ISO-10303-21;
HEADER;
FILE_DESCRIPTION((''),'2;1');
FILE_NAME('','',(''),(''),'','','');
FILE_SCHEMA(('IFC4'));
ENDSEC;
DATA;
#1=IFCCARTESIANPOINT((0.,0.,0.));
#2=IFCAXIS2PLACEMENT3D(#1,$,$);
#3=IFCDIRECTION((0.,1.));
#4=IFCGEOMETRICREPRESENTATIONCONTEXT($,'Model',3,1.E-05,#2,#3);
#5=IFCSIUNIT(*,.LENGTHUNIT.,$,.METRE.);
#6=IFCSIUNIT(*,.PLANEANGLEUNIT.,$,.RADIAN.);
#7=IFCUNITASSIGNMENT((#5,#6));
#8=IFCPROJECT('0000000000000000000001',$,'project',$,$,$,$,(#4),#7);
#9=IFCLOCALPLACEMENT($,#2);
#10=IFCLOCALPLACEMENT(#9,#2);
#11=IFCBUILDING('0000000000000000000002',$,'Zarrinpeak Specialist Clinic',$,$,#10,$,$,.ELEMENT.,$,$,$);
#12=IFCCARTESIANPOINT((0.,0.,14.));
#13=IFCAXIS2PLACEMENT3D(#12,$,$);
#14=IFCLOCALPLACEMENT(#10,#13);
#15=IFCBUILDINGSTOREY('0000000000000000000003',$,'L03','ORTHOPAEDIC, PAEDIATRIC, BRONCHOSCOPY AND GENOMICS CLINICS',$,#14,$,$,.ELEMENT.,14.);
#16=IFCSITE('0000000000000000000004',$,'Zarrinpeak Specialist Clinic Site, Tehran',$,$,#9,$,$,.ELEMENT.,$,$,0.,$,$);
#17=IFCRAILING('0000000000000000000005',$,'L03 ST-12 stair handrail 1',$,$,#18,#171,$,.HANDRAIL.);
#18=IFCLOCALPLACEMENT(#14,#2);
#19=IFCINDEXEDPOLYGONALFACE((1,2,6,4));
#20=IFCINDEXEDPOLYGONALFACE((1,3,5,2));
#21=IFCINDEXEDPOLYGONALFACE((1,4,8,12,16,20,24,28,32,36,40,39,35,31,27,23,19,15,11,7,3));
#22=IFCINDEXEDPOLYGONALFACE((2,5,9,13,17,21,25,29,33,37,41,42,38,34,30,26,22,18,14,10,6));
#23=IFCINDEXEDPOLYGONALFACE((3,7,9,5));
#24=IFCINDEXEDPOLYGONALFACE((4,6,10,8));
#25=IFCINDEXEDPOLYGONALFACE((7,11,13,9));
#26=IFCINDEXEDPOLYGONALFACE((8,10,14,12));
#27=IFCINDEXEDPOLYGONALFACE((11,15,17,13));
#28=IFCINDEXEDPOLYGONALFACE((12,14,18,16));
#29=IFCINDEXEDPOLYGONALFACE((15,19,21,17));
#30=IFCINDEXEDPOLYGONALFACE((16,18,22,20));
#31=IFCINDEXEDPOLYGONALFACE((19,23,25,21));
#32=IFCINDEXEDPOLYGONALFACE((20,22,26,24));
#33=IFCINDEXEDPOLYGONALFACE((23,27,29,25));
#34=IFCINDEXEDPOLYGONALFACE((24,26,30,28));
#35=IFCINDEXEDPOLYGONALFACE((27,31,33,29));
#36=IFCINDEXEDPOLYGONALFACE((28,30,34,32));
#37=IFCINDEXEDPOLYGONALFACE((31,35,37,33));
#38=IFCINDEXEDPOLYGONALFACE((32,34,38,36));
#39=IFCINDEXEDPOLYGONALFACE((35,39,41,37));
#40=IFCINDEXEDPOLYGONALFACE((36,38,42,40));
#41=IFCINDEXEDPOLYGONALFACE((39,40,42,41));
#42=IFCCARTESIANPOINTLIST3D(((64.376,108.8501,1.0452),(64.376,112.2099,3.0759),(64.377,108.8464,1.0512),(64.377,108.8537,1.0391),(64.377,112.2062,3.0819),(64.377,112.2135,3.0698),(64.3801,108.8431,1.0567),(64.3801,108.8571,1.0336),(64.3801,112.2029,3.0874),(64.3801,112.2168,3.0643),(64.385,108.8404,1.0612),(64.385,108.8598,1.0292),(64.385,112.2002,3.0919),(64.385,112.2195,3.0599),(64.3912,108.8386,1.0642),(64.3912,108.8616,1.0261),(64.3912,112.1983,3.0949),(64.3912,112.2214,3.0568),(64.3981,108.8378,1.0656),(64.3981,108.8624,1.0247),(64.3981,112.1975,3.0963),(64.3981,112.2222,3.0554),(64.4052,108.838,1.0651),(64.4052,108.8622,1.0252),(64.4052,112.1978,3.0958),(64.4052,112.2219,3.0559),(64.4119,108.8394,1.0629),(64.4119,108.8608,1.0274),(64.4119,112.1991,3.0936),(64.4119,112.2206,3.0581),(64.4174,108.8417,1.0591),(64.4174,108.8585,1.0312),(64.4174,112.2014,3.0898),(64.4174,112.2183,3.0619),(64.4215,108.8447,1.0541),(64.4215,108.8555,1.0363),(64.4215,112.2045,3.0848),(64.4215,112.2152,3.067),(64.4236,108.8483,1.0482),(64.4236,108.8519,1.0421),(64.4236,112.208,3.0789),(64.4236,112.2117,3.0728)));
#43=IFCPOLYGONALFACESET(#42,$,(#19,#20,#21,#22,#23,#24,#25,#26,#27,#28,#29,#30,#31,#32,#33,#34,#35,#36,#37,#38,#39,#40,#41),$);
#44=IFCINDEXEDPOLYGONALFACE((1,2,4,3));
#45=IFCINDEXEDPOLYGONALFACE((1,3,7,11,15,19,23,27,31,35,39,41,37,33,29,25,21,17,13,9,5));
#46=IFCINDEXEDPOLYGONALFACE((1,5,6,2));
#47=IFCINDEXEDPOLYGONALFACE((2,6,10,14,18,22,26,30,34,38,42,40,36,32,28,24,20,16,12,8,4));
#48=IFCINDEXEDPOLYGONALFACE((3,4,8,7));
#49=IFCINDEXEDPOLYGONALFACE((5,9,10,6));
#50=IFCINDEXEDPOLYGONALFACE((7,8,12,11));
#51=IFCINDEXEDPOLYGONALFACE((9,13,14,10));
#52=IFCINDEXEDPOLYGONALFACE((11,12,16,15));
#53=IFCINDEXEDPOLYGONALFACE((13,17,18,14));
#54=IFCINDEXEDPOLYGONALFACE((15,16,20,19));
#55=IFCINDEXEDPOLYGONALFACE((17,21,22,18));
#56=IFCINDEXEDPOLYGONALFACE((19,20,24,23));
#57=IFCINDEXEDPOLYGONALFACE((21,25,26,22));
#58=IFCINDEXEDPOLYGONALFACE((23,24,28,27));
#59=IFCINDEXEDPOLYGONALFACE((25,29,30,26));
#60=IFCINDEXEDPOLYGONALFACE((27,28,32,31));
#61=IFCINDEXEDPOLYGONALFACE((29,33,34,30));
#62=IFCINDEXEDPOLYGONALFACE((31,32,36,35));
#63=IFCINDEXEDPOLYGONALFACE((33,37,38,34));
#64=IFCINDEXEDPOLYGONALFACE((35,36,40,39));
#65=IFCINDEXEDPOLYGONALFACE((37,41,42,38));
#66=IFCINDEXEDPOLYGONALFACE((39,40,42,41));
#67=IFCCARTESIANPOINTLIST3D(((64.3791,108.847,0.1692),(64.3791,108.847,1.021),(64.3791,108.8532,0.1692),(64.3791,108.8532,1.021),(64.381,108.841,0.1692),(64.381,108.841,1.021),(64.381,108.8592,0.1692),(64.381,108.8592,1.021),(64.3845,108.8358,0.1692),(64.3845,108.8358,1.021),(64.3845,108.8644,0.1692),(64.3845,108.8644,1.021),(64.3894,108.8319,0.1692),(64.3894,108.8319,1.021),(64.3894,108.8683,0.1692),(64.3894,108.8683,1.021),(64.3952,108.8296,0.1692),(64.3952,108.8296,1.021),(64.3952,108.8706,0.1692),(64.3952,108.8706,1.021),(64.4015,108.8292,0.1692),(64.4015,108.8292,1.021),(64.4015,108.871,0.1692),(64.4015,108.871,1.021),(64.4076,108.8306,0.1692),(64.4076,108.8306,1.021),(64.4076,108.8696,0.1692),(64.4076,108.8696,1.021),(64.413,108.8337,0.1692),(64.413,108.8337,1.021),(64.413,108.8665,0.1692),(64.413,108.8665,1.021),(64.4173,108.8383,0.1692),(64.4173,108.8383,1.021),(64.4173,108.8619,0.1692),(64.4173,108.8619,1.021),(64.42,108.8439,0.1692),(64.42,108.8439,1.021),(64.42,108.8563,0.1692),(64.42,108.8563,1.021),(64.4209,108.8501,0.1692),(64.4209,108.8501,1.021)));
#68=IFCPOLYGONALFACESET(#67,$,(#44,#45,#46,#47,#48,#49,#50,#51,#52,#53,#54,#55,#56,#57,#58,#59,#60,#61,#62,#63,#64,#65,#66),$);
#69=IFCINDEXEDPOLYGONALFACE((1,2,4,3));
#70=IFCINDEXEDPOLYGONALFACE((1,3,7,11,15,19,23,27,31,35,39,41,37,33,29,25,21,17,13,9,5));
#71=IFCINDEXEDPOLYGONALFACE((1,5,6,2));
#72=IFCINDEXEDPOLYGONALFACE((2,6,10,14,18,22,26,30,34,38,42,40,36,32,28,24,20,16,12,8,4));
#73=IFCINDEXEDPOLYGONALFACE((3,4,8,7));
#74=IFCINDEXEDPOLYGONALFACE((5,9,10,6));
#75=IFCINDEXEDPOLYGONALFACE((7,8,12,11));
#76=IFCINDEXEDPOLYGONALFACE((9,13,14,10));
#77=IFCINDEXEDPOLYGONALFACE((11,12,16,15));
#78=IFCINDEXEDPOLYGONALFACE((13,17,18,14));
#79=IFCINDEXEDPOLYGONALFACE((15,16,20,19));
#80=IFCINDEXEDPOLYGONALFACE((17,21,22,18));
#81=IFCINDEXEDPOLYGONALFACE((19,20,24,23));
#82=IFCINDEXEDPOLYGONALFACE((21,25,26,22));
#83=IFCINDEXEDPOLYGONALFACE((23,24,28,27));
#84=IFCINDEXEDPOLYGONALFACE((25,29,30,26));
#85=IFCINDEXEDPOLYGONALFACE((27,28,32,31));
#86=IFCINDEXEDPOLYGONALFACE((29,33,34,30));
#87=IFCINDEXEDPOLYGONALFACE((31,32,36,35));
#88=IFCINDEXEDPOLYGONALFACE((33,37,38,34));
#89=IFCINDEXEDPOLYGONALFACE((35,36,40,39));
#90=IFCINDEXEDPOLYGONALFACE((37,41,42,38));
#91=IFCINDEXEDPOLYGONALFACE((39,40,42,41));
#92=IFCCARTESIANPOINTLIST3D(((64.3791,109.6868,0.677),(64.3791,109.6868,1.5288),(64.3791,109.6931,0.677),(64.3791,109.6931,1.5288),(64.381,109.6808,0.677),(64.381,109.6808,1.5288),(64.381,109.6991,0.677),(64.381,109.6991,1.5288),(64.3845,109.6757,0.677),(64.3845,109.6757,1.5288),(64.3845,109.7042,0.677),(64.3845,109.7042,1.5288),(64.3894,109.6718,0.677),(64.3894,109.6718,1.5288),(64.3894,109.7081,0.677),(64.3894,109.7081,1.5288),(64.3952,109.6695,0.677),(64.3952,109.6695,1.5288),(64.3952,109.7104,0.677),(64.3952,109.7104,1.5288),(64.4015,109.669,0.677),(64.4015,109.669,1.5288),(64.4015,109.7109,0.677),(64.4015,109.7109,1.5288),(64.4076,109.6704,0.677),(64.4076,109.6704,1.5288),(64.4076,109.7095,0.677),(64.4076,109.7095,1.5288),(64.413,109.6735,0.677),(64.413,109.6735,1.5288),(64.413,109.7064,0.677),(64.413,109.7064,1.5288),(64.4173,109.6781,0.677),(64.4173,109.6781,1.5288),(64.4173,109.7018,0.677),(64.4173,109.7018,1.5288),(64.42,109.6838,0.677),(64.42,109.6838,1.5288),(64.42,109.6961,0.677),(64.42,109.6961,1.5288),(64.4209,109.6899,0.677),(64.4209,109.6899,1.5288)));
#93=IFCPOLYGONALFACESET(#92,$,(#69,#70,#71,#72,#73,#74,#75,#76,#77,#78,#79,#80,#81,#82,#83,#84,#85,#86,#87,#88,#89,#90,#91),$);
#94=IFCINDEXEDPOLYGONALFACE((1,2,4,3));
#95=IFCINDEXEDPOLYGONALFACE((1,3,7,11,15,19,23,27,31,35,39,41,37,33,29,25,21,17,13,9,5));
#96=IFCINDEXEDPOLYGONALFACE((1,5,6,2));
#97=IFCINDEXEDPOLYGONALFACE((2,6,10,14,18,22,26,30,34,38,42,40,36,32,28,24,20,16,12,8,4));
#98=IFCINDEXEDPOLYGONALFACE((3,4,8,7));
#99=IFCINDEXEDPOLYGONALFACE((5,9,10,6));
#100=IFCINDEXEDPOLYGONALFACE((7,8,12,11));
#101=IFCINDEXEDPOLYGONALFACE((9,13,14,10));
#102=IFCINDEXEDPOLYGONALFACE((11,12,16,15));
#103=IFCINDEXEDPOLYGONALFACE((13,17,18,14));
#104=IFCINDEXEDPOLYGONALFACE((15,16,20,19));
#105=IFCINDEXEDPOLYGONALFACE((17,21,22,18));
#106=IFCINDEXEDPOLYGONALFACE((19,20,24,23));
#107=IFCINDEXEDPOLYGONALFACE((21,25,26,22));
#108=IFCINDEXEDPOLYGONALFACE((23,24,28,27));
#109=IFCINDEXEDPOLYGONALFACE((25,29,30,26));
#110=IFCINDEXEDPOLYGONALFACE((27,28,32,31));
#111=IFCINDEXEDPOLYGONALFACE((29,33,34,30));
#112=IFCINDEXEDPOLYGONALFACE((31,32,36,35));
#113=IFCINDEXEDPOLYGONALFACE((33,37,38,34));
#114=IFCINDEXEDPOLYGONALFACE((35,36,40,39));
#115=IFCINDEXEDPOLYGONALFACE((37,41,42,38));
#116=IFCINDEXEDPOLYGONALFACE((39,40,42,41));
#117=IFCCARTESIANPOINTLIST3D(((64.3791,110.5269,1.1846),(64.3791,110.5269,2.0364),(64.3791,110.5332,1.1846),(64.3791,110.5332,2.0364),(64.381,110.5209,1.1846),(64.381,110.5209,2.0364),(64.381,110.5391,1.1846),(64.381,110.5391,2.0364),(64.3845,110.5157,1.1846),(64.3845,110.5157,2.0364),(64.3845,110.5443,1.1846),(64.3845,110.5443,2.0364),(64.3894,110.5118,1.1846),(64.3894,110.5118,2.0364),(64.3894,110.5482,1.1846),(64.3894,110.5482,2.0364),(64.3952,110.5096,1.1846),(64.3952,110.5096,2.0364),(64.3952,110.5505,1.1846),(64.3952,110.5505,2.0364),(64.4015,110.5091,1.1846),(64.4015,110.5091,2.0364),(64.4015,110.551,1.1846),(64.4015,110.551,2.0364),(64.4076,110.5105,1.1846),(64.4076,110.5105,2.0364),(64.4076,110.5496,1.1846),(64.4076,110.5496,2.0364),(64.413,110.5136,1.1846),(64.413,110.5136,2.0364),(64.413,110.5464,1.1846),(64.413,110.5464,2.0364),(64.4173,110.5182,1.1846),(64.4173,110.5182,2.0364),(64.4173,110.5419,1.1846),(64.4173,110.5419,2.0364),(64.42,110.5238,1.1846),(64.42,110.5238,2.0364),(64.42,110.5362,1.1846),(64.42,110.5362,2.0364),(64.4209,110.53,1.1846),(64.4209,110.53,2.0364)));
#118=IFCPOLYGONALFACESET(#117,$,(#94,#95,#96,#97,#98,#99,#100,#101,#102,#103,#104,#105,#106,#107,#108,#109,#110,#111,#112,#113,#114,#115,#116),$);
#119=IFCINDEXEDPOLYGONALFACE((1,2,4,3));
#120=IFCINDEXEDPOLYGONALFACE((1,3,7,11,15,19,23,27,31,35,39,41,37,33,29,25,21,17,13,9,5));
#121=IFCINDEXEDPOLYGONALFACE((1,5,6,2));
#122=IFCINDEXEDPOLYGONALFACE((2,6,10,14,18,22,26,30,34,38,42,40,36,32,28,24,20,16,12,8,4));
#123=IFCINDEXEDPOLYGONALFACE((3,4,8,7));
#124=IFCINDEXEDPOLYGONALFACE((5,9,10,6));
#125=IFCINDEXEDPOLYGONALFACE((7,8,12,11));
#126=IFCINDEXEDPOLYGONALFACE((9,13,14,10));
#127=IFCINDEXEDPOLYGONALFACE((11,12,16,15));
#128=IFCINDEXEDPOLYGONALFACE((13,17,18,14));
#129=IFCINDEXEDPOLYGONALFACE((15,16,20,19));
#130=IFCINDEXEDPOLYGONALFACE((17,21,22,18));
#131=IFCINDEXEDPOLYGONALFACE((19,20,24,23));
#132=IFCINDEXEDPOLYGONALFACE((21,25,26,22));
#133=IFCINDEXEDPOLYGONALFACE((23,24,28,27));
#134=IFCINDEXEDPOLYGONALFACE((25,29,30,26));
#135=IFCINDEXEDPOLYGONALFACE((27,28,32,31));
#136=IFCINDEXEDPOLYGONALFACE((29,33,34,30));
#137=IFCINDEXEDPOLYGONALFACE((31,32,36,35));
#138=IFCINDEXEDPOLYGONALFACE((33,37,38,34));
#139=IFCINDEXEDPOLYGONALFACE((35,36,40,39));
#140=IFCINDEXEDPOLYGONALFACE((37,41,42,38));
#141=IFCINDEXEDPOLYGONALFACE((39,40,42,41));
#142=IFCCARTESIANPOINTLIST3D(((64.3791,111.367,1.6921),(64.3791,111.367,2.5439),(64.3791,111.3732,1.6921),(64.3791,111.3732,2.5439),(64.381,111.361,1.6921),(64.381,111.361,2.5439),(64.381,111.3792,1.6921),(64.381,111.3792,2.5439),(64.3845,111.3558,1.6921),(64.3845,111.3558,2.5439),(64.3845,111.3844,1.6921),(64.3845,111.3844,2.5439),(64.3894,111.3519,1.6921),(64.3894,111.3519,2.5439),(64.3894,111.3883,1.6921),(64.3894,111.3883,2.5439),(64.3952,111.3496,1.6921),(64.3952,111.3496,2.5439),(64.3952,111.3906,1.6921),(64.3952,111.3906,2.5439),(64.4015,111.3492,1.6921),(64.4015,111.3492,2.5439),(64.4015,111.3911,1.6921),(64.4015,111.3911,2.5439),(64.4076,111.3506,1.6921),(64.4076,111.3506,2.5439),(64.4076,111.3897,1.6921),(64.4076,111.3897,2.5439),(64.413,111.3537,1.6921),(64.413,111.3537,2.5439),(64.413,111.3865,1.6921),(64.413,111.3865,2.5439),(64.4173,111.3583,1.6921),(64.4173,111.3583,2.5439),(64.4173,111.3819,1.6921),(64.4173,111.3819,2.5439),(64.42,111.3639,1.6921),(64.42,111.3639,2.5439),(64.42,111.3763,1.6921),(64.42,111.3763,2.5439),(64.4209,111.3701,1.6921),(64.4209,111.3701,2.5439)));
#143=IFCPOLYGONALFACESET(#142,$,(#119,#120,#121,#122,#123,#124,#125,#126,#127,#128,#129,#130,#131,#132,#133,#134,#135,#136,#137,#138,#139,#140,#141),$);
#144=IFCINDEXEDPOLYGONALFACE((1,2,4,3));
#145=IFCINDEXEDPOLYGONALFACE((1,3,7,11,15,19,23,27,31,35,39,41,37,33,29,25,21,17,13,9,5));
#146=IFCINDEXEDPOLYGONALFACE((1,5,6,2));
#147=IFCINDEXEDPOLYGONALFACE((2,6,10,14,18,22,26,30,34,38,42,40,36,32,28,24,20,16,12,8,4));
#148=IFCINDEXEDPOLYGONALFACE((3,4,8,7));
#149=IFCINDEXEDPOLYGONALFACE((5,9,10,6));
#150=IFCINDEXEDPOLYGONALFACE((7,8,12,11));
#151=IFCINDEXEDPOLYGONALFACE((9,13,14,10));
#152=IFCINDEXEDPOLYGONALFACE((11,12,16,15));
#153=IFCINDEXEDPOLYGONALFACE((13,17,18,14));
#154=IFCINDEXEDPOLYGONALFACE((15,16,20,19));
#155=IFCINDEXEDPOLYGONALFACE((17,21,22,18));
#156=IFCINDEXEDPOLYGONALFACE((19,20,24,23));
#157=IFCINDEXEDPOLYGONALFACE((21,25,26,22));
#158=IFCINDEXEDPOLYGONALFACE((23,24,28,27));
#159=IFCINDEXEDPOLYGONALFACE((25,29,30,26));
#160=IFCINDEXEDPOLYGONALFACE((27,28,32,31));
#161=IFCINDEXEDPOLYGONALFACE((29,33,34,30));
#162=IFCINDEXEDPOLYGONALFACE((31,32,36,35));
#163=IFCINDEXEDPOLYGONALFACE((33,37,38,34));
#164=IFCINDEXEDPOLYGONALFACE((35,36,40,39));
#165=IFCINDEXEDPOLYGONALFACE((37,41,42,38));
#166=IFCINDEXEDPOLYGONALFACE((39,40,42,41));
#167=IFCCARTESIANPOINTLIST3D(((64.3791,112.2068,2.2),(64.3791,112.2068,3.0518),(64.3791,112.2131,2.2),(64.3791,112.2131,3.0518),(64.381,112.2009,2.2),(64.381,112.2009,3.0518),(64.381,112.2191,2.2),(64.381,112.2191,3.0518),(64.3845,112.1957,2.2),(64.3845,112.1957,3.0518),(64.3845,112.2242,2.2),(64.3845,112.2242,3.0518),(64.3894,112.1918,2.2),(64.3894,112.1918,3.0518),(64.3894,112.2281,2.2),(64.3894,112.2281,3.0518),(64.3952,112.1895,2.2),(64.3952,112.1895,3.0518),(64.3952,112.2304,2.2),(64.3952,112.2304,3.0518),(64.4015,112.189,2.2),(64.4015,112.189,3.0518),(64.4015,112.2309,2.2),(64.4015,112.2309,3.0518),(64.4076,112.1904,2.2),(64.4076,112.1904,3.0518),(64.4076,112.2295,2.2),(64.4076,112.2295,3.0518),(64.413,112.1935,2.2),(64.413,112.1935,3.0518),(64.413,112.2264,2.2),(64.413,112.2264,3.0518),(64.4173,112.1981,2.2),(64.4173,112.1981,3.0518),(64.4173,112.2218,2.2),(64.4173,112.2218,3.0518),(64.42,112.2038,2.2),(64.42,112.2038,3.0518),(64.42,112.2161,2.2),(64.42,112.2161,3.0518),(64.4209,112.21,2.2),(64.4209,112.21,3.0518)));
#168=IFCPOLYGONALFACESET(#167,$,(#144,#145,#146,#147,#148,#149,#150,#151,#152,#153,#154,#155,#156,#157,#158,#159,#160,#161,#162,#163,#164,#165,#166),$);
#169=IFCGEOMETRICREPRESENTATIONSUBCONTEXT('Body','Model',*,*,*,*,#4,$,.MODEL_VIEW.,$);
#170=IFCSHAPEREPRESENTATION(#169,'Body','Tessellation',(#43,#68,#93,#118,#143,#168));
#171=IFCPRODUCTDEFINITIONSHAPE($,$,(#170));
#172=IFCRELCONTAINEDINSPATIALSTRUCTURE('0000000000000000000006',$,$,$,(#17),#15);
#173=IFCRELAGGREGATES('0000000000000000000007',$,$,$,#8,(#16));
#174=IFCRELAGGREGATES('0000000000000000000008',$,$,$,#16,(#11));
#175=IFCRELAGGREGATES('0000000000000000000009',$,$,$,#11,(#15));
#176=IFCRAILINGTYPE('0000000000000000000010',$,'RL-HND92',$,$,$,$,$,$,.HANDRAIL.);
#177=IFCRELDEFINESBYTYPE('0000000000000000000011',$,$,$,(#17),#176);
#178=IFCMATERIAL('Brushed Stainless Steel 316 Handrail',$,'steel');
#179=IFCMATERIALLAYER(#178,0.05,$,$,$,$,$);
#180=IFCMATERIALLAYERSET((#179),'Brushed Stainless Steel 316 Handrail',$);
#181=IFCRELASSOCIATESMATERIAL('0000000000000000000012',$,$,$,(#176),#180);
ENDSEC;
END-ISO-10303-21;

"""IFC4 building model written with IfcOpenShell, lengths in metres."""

from ifc_helpers import new_model, si_unit, direction, frame, origin, origin_2d, place, context, subcontext, project, spatial, circle, extrude, material, layer, layer_set, type_object, element, save


model = new_model("IFC4")

# Units and contexts
model_context = context("Model", 3, precision=1e-05, world=origin(), true_north=direction((0.0, 1.0)))
body_context = subcontext(model_context, "Body", "Model", "MODEL_VIEW")
ifc_project = project(units=[si_unit("LENGTHUNIT", "METRE"), si_unit("PLANEANGLEUNIT", "RADIAN")], contexts=[model_context])

# Site, building, storey
site_placement = place(None, origin())
site = spatial("IfcSite", under=ifc_project, at=site_placement, Name="Zarrinpeak Specialist Clinic Site, Tehran", CompositionType="ELEMENT", RefElevation=0.0)
building_placement = place(site_placement, origin())
building = spatial("IfcBuilding", under=site, at=building_placement, Name="Zarrinpeak Specialist Clinic", CompositionType="ELEMENT")
storey_placement = place(building_placement, frame((0.0, 0.0, 14.0)))
storey = spatial("IfcBuildingStorey", under=building, at=storey_placement, Name="L03", Description="ORTHOPAEDIC, PAEDIATRIC, BRONCHOSCOPY AND GENOMICS CLINICS", CompositionType="ELEMENT", Elevation=14.0)

# Railing
ifc_material_1 = material(Name="Brushed Stainless Steel 316 Handrail", Category="steel")
ifc_layer_1 = layer(ifc_material_1, 0.05)
ifc_layer_set_1 = layer_set([ifc_layer_1], Name="Brushed Stainless Steel 316 Handrail")
railing_type_1 = type_object("IfcRailingType", Name="RL-HND92", PredefinedType="HANDRAIL", material=ifc_layer_set_1)
railing_1_placement = place(storey_placement, frame((64.3999, 108.8501, 0.1692)))
element("IfcRailing", 1, at=railing_1_placement, inside=storey, type_object=railing_type_1, Name="L03 ST-12 stair handrail 1", PredefinedType="HANDRAIL", context=body_context, shape_type="SweptSolid", body=[
    extrude(circle(Radius=0.0239, at=origin_2d()), frame((0.0, 0.0, 0.876), z_axis=(0.0, 0.85582, 0.517273), x_axis=(-1.0, 0.0, 0.0)), (0.0, 0.0, 1.0), 3.9258),
    extrude(circle(Radius=0.021, at=origin_2d()), origin(), (0.0, 0.0, 1.0), 0.8518),
    extrude(circle(Radius=0.021, at=origin_2d()), frame((0.0, 0.8398, 0.5078)), (0.0, 0.0, 1.0), 0.8518),
    extrude(circle(Radius=0.021, at=origin_2d()), frame((0.0, 1.6799, 1.0154)), (0.0, 0.0, 1.0), 0.8518),
    extrude(circle(Radius=0.021, at=origin_2d()), frame((0.0, 2.52, 1.5229)), (0.0, 0.0, 1.0), 0.8518),
    extrude(circle(Radius=0.021, at=origin_2d()), frame((0.0, 3.3599, 2.0308)), (0.0, 0.0, 1.0), 0.8518),
])

save(model, "model.ifc")
